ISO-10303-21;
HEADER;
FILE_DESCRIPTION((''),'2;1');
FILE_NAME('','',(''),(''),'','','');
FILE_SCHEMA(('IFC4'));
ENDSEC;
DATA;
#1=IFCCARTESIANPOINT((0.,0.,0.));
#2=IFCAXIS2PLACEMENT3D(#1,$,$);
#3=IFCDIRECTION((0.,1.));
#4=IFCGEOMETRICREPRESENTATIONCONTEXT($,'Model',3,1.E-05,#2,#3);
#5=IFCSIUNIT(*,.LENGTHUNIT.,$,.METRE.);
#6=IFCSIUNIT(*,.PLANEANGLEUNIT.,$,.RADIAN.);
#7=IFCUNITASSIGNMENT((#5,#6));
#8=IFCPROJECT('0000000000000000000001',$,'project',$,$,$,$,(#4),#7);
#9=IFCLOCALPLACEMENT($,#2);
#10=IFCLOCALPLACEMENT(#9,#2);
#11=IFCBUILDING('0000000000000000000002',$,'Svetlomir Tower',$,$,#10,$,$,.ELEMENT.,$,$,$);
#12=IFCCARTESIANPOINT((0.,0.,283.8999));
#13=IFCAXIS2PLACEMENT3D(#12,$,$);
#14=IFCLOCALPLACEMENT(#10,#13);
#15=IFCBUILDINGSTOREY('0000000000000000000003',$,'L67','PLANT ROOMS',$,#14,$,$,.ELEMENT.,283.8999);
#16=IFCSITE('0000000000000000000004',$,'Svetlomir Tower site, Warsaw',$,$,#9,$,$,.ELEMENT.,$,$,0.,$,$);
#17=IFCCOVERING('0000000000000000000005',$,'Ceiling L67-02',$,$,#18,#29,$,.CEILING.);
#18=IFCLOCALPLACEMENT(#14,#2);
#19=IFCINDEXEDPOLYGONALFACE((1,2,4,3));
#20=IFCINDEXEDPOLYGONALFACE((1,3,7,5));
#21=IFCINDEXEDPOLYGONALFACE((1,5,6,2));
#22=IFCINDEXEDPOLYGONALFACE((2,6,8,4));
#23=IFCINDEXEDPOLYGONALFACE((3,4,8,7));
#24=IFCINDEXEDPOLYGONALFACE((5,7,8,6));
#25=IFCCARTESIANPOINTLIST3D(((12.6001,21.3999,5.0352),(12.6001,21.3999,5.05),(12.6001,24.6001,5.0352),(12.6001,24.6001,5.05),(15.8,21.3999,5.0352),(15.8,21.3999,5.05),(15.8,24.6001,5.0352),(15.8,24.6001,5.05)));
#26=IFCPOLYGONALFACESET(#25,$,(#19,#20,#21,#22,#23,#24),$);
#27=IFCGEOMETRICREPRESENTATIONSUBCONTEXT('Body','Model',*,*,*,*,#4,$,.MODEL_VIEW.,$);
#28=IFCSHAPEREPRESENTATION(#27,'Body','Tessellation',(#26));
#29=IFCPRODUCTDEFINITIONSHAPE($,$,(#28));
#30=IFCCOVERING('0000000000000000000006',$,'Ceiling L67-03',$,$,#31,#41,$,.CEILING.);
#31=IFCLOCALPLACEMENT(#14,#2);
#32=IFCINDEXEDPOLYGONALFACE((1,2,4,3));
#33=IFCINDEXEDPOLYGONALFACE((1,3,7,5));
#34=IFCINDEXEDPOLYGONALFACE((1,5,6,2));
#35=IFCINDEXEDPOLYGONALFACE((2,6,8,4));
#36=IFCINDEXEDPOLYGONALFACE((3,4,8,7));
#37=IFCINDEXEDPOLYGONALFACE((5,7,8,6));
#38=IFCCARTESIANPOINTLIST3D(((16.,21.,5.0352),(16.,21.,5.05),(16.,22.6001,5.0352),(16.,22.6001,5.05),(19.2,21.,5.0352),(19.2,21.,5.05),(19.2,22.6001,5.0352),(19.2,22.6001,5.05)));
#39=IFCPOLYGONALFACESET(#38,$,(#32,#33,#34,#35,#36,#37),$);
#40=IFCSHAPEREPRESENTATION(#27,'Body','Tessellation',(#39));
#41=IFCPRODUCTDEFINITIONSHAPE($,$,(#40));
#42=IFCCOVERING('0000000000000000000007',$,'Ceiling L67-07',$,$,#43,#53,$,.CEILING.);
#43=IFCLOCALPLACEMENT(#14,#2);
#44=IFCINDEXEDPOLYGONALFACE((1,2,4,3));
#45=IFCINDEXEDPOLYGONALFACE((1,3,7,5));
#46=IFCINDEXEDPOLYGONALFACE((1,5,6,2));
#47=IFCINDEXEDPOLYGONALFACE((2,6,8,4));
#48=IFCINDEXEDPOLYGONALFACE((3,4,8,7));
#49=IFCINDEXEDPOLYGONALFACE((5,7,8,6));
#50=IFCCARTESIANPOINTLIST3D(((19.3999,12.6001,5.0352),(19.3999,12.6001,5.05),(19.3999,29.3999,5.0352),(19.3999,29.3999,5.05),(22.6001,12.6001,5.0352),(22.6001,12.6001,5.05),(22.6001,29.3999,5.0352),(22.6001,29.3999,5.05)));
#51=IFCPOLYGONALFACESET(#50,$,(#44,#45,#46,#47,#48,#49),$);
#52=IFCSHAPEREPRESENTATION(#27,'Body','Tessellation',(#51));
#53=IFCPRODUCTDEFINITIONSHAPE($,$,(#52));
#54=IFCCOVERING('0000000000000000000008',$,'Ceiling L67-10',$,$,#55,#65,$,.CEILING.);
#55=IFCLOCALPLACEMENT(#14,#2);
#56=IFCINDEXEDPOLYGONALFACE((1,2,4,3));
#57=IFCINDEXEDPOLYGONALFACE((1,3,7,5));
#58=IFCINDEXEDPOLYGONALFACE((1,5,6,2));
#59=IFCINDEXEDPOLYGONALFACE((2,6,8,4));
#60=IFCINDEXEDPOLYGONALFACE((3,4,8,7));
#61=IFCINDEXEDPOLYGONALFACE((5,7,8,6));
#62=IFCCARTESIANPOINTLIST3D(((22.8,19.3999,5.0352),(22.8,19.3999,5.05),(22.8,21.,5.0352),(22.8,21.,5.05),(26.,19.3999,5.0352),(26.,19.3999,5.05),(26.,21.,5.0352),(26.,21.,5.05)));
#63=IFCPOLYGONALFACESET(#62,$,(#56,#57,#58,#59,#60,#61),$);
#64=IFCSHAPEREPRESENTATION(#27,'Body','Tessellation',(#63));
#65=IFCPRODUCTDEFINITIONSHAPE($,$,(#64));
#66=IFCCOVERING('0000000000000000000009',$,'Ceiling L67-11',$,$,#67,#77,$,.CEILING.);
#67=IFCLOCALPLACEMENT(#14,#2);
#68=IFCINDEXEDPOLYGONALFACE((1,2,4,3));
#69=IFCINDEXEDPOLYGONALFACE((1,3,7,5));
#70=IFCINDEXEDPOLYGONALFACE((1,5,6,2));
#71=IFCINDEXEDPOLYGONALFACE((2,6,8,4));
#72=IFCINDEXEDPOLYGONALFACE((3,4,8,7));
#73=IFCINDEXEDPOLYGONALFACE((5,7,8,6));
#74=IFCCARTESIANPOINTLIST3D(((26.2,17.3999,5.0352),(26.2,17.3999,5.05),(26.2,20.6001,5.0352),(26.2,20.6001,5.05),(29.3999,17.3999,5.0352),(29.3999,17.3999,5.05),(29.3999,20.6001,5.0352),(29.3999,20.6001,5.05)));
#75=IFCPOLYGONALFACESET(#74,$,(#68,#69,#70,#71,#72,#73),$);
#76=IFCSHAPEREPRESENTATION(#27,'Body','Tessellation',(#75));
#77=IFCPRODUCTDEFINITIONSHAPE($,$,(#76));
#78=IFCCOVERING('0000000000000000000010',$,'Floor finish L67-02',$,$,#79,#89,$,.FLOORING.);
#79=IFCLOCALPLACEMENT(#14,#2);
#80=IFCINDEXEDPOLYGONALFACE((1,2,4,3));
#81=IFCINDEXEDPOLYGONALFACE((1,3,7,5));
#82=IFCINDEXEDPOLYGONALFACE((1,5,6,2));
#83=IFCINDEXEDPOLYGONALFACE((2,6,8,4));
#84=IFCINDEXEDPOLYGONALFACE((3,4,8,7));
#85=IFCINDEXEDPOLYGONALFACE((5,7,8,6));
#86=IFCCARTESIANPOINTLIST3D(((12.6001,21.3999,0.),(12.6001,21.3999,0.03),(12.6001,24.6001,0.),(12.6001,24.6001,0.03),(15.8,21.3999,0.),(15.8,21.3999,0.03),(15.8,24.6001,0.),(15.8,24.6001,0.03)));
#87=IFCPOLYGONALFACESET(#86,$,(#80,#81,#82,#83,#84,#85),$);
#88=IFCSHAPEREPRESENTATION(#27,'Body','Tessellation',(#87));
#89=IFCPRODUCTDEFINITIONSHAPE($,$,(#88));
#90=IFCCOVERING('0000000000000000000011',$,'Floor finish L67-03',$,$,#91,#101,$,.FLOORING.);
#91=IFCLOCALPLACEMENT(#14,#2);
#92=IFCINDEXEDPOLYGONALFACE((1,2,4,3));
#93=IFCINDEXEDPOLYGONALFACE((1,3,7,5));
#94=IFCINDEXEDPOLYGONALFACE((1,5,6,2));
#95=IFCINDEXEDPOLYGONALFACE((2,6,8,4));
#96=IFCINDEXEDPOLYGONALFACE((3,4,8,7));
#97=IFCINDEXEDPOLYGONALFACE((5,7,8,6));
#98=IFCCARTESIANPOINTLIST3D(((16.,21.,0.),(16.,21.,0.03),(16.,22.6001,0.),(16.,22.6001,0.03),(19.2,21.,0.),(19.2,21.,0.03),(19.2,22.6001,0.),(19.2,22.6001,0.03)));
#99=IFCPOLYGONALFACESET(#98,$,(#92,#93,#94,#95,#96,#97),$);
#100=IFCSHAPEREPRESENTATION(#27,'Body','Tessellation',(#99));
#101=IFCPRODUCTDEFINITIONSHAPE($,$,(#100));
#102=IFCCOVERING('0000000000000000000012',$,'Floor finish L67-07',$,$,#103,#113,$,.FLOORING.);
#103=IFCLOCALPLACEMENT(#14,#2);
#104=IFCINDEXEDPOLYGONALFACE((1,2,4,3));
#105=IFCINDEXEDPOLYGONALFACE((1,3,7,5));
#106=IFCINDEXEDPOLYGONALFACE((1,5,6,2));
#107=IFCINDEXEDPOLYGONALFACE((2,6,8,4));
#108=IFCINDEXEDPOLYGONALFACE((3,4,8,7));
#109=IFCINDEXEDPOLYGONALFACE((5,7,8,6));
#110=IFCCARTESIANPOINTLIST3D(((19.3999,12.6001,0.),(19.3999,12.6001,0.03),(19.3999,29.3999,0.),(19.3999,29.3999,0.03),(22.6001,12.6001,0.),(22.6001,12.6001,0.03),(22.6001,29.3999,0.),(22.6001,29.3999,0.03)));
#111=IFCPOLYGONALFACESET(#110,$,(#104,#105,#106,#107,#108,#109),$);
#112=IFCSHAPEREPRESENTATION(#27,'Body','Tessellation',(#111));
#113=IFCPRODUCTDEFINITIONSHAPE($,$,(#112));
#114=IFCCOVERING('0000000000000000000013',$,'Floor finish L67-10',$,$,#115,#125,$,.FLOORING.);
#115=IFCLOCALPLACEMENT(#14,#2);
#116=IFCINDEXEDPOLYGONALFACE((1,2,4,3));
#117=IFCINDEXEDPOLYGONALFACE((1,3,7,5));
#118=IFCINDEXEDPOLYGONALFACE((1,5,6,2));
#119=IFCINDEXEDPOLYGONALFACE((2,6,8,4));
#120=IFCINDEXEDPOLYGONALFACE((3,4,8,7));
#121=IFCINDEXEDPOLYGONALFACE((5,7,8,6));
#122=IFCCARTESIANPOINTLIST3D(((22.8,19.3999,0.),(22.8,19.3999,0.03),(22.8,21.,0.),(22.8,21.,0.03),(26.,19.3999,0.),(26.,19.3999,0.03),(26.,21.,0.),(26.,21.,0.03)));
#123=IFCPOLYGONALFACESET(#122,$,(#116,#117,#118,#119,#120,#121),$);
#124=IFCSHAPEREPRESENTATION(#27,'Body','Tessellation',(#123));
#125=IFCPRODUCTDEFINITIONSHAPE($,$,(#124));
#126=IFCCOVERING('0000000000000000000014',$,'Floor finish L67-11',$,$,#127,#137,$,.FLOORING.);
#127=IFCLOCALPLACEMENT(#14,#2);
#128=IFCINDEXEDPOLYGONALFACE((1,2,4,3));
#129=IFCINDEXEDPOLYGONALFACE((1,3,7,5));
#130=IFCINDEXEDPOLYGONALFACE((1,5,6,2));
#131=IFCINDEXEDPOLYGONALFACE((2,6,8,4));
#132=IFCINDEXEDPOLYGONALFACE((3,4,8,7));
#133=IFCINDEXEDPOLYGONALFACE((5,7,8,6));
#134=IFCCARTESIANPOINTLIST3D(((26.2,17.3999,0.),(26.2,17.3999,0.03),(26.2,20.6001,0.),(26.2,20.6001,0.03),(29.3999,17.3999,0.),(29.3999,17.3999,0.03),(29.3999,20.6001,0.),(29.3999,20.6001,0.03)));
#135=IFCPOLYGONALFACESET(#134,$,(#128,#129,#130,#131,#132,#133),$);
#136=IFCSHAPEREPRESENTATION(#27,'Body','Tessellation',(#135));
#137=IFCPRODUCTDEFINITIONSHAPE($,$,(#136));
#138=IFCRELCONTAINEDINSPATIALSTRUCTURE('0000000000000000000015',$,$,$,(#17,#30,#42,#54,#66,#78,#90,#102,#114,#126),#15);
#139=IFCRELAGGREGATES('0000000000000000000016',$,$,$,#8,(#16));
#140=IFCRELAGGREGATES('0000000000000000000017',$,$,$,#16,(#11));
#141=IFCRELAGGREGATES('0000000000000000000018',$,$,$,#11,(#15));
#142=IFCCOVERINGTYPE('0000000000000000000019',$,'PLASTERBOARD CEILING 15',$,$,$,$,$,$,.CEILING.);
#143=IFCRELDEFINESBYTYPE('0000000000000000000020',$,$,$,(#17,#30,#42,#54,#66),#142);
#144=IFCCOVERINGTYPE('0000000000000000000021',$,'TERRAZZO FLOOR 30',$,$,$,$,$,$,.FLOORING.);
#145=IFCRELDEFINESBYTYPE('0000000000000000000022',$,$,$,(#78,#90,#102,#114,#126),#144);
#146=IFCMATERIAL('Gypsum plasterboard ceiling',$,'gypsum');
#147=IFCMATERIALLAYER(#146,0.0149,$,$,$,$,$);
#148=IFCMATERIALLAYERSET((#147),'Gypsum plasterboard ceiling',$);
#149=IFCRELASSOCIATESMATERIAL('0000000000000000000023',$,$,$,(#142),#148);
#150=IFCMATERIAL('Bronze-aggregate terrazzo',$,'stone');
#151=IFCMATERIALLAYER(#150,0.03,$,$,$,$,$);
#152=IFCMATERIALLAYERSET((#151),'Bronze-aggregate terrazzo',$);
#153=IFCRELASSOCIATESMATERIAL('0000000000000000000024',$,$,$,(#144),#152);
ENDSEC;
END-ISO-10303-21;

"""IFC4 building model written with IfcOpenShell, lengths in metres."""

from ifc_helpers import new_model, si_unit, direction, frame, origin, place, context, subcontext, project, spatial, polyline, outline, extrude, material, layer, layer_set, type_object, element, save


model = new_model("IFC4")

# Units and contexts
model_context = context("Model", 3, precision=1e-05, world=origin(), true_north=direction((0.0, 1.0)))
body_context = subcontext(model_context, "Body", "Model", "MODEL_VIEW")
ifc_project = project(units=[si_unit("LENGTHUNIT", "METRE"), si_unit("PLANEANGLEUNIT", "RADIAN")], contexts=[model_context])

# Site, building, storey
site_placement = place(None, origin())
site = spatial("IfcSite", under=ifc_project, at=site_placement, Name="Svetlomir Tower site, Warsaw", CompositionType="ELEMENT", RefElevation=0.0)
building_placement = place(site_placement, origin())
building = spatial("IfcBuilding", under=site, at=building_placement, Name="Svetlomir Tower", CompositionType="ELEMENT")
storey_placement = place(building_placement, frame((0.0, 0.0, 283.8999)))
storey = spatial("IfcBuildingStorey", under=building, at=storey_placement, Name="L67", Description="PLANT ROOMS", CompositionType="ELEMENT", Elevation=283.8999)

# Coverings
ifc_material_1 = material(Name="Gypsum plasterboard ceiling", Category="gypsum")
ifc_layer_1 = layer(ifc_material_1, 0.0149)
ifc_layer_set_1 = layer_set([ifc_layer_1], Name="Gypsum plasterboard ceiling")
covering_type_1 = type_object("IfcCoveringType", Name="PLASTERBOARD CEILING 15", PredefinedType="CEILING", material=ifc_layer_set_1)
covering_1_placement = place(storey_placement, frame((0.0, 0.0, 5.0352)))
element("IfcCovering", 1, at=covering_1_placement, inside=storey, type_object=covering_type_1, Name="Ceiling L67-02", PredefinedType="CEILING", context=body_context, shape_type="SweptSolid", body=[
    extrude(outline(polyline([(12.6001, 21.3999), (15.8, 21.3999), (15.8, 24.6001), (12.6001, 24.6001), (12.6001, 21.3999)])), origin(), (0.0, 0.0, 1.0), 0.0149),
])
covering_2_placement = place(storey_placement, frame((0.0, 0.0, 5.0352)))
element("IfcCovering", 2, at=covering_2_placement, inside=storey, type_object=covering_type_1, Name="Ceiling L67-03", PredefinedType="CEILING", context=body_context, shape_type="SweptSolid", body=[
    extrude(outline(polyline([(16.0, 21.0), (19.2, 21.0), (19.2, 22.6001), (16.0, 22.6001), (16.0, 21.0)])), origin(), (0.0, 0.0, 1.0), 0.0149),
])
covering_3_placement = place(storey_placement, frame((0.0, 0.0, 5.0352)))
element("IfcCovering", 3, at=covering_3_placement, inside=storey, type_object=covering_type_1, Name="Ceiling L67-07", PredefinedType="CEILING", context=body_context, shape_type="SweptSolid", body=[
    extrude(outline(polyline([(19.3999, 12.6001), (22.6001, 12.6001), (22.6001, 29.3999), (19.3999, 29.3999), (19.3999, 12.6001)])), origin(), (0.0, 0.0, 1.0), 0.0149),
])
covering_4_placement = place(storey_placement, frame((0.0, 0.0, 5.0352)))
element("IfcCovering", 4, at=covering_4_placement, inside=storey, type_object=covering_type_1, Name="Ceiling L67-10", PredefinedType="CEILING", context=body_context, shape_type="SweptSolid", body=[
    extrude(outline(polyline([(22.8, 19.3999), (26.0, 19.3999), (26.0, 21.0), (22.8, 21.0), (22.8, 19.3999)])), origin(), (0.0, 0.0, 1.0), 0.0149),
])
covering_5_placement = place(storey_placement, frame((0.0, 0.0, 5.0352)))
element("IfcCovering", 5, at=covering_5_placement, inside=storey, type_object=covering_type_1, Name="Ceiling L67-11", PredefinedType="CEILING", context=body_context, shape_type="SweptSolid", body=[
    extrude(outline(polyline([(26.2, 17.3999), (29.3999, 17.3999), (29.3999, 20.6001), (26.2, 20.6001), (26.2, 17.3999)])), origin(), (0.0, 0.0, 1.0), 0.0149),
])
ifc_material_2 = material(Name="Bronze-aggregate terrazzo", Category="stone")
ifc_layer_2 = layer(ifc_material_2, 0.03)
ifc_layer_set_2 = layer_set([ifc_layer_2], Name="Bronze-aggregate terrazzo")
covering_type_2 = type_object("IfcCoveringType", Name="TERRAZZO FLOOR 30", PredefinedType="FLOORING", material=ifc_layer_set_2)
covering_6_placement = place(storey_placement, origin())
element("IfcCovering", 6, at=covering_6_placement, inside=storey, type_object=covering_type_2, Name="Floor finish L67-02", PredefinedType="FLOORING", context=body_context, shape_type="SweptSolid", body=[
    extrude(outline(polyline([(12.6001, 21.3999), (15.8, 21.3999), (15.8, 24.6001), (12.6001, 24.6001), (12.6001, 21.3999)])), origin(), (0.0, 0.0, 1.0), 0.03),
])
covering_7_placement = place(storey_placement, origin())
element("IfcCovering", 7, at=covering_7_placement, inside=storey, type_object=covering_type_2, Name="Floor finish L67-03", PredefinedType="FLOORING", context=body_context, shape_type="SweptSolid", body=[
    extrude(outline(polyline([(16.0, 21.0), (19.2, 21.0), (19.2, 22.6001), (16.0, 22.6001), (16.0, 21.0)])), origin(), (0.0, 0.0, 1.0), 0.03),
])
covering_8_placement = place(storey_placement, origin())
element("IfcCovering", 8, at=covering_8_placement, inside=storey, type_object=covering_type_2, Name="Floor finish L67-07", PredefinedType="FLOORING", context=body_context, shape_type="SweptSolid", body=[
    extrude(outline(polyline([(19.3999, 12.6001), (22.6001, 12.6001), (22.6001, 29.3999), (19.3999, 29.3999), (19.3999, 12.6001)])), origin(), (0.0, 0.0, 1.0), 0.03),
])
covering_9_placement = place(storey_placement, origin())
element("IfcCovering", 9, at=covering_9_placement, inside=storey, type_object=covering_type_2, Name="Floor finish L67-10", PredefinedType="FLOORING", context=body_context, shape_type="SweptSolid", body=[
    extrude(outline(polyline([(22.8, 19.3999), (26.0, 19.3999), (26.0, 21.0), (22.8, 21.0), (22.8, 19.3999)])), origin(), (0.0, 0.0, 1.0), 0.03),
])
covering_10_placement = place(storey_placement, origin())
element("IfcCovering", 10, at=covering_10_placement, inside=storey, type_object=covering_type_2, Name="Floor finish L67-11", PredefinedType="FLOORING", context=body_context, shape_type="SweptSolid", body=[
    extrude(outline(polyline([(26.2, 17.3999), (29.3999, 17.3999), (29.3999, 20.6001), (26.2, 20.6001), (26.2, 17.3999)])), origin(), (0.0, 0.0, 1.0), 0.03),
])

save(model, "model.ifc")
